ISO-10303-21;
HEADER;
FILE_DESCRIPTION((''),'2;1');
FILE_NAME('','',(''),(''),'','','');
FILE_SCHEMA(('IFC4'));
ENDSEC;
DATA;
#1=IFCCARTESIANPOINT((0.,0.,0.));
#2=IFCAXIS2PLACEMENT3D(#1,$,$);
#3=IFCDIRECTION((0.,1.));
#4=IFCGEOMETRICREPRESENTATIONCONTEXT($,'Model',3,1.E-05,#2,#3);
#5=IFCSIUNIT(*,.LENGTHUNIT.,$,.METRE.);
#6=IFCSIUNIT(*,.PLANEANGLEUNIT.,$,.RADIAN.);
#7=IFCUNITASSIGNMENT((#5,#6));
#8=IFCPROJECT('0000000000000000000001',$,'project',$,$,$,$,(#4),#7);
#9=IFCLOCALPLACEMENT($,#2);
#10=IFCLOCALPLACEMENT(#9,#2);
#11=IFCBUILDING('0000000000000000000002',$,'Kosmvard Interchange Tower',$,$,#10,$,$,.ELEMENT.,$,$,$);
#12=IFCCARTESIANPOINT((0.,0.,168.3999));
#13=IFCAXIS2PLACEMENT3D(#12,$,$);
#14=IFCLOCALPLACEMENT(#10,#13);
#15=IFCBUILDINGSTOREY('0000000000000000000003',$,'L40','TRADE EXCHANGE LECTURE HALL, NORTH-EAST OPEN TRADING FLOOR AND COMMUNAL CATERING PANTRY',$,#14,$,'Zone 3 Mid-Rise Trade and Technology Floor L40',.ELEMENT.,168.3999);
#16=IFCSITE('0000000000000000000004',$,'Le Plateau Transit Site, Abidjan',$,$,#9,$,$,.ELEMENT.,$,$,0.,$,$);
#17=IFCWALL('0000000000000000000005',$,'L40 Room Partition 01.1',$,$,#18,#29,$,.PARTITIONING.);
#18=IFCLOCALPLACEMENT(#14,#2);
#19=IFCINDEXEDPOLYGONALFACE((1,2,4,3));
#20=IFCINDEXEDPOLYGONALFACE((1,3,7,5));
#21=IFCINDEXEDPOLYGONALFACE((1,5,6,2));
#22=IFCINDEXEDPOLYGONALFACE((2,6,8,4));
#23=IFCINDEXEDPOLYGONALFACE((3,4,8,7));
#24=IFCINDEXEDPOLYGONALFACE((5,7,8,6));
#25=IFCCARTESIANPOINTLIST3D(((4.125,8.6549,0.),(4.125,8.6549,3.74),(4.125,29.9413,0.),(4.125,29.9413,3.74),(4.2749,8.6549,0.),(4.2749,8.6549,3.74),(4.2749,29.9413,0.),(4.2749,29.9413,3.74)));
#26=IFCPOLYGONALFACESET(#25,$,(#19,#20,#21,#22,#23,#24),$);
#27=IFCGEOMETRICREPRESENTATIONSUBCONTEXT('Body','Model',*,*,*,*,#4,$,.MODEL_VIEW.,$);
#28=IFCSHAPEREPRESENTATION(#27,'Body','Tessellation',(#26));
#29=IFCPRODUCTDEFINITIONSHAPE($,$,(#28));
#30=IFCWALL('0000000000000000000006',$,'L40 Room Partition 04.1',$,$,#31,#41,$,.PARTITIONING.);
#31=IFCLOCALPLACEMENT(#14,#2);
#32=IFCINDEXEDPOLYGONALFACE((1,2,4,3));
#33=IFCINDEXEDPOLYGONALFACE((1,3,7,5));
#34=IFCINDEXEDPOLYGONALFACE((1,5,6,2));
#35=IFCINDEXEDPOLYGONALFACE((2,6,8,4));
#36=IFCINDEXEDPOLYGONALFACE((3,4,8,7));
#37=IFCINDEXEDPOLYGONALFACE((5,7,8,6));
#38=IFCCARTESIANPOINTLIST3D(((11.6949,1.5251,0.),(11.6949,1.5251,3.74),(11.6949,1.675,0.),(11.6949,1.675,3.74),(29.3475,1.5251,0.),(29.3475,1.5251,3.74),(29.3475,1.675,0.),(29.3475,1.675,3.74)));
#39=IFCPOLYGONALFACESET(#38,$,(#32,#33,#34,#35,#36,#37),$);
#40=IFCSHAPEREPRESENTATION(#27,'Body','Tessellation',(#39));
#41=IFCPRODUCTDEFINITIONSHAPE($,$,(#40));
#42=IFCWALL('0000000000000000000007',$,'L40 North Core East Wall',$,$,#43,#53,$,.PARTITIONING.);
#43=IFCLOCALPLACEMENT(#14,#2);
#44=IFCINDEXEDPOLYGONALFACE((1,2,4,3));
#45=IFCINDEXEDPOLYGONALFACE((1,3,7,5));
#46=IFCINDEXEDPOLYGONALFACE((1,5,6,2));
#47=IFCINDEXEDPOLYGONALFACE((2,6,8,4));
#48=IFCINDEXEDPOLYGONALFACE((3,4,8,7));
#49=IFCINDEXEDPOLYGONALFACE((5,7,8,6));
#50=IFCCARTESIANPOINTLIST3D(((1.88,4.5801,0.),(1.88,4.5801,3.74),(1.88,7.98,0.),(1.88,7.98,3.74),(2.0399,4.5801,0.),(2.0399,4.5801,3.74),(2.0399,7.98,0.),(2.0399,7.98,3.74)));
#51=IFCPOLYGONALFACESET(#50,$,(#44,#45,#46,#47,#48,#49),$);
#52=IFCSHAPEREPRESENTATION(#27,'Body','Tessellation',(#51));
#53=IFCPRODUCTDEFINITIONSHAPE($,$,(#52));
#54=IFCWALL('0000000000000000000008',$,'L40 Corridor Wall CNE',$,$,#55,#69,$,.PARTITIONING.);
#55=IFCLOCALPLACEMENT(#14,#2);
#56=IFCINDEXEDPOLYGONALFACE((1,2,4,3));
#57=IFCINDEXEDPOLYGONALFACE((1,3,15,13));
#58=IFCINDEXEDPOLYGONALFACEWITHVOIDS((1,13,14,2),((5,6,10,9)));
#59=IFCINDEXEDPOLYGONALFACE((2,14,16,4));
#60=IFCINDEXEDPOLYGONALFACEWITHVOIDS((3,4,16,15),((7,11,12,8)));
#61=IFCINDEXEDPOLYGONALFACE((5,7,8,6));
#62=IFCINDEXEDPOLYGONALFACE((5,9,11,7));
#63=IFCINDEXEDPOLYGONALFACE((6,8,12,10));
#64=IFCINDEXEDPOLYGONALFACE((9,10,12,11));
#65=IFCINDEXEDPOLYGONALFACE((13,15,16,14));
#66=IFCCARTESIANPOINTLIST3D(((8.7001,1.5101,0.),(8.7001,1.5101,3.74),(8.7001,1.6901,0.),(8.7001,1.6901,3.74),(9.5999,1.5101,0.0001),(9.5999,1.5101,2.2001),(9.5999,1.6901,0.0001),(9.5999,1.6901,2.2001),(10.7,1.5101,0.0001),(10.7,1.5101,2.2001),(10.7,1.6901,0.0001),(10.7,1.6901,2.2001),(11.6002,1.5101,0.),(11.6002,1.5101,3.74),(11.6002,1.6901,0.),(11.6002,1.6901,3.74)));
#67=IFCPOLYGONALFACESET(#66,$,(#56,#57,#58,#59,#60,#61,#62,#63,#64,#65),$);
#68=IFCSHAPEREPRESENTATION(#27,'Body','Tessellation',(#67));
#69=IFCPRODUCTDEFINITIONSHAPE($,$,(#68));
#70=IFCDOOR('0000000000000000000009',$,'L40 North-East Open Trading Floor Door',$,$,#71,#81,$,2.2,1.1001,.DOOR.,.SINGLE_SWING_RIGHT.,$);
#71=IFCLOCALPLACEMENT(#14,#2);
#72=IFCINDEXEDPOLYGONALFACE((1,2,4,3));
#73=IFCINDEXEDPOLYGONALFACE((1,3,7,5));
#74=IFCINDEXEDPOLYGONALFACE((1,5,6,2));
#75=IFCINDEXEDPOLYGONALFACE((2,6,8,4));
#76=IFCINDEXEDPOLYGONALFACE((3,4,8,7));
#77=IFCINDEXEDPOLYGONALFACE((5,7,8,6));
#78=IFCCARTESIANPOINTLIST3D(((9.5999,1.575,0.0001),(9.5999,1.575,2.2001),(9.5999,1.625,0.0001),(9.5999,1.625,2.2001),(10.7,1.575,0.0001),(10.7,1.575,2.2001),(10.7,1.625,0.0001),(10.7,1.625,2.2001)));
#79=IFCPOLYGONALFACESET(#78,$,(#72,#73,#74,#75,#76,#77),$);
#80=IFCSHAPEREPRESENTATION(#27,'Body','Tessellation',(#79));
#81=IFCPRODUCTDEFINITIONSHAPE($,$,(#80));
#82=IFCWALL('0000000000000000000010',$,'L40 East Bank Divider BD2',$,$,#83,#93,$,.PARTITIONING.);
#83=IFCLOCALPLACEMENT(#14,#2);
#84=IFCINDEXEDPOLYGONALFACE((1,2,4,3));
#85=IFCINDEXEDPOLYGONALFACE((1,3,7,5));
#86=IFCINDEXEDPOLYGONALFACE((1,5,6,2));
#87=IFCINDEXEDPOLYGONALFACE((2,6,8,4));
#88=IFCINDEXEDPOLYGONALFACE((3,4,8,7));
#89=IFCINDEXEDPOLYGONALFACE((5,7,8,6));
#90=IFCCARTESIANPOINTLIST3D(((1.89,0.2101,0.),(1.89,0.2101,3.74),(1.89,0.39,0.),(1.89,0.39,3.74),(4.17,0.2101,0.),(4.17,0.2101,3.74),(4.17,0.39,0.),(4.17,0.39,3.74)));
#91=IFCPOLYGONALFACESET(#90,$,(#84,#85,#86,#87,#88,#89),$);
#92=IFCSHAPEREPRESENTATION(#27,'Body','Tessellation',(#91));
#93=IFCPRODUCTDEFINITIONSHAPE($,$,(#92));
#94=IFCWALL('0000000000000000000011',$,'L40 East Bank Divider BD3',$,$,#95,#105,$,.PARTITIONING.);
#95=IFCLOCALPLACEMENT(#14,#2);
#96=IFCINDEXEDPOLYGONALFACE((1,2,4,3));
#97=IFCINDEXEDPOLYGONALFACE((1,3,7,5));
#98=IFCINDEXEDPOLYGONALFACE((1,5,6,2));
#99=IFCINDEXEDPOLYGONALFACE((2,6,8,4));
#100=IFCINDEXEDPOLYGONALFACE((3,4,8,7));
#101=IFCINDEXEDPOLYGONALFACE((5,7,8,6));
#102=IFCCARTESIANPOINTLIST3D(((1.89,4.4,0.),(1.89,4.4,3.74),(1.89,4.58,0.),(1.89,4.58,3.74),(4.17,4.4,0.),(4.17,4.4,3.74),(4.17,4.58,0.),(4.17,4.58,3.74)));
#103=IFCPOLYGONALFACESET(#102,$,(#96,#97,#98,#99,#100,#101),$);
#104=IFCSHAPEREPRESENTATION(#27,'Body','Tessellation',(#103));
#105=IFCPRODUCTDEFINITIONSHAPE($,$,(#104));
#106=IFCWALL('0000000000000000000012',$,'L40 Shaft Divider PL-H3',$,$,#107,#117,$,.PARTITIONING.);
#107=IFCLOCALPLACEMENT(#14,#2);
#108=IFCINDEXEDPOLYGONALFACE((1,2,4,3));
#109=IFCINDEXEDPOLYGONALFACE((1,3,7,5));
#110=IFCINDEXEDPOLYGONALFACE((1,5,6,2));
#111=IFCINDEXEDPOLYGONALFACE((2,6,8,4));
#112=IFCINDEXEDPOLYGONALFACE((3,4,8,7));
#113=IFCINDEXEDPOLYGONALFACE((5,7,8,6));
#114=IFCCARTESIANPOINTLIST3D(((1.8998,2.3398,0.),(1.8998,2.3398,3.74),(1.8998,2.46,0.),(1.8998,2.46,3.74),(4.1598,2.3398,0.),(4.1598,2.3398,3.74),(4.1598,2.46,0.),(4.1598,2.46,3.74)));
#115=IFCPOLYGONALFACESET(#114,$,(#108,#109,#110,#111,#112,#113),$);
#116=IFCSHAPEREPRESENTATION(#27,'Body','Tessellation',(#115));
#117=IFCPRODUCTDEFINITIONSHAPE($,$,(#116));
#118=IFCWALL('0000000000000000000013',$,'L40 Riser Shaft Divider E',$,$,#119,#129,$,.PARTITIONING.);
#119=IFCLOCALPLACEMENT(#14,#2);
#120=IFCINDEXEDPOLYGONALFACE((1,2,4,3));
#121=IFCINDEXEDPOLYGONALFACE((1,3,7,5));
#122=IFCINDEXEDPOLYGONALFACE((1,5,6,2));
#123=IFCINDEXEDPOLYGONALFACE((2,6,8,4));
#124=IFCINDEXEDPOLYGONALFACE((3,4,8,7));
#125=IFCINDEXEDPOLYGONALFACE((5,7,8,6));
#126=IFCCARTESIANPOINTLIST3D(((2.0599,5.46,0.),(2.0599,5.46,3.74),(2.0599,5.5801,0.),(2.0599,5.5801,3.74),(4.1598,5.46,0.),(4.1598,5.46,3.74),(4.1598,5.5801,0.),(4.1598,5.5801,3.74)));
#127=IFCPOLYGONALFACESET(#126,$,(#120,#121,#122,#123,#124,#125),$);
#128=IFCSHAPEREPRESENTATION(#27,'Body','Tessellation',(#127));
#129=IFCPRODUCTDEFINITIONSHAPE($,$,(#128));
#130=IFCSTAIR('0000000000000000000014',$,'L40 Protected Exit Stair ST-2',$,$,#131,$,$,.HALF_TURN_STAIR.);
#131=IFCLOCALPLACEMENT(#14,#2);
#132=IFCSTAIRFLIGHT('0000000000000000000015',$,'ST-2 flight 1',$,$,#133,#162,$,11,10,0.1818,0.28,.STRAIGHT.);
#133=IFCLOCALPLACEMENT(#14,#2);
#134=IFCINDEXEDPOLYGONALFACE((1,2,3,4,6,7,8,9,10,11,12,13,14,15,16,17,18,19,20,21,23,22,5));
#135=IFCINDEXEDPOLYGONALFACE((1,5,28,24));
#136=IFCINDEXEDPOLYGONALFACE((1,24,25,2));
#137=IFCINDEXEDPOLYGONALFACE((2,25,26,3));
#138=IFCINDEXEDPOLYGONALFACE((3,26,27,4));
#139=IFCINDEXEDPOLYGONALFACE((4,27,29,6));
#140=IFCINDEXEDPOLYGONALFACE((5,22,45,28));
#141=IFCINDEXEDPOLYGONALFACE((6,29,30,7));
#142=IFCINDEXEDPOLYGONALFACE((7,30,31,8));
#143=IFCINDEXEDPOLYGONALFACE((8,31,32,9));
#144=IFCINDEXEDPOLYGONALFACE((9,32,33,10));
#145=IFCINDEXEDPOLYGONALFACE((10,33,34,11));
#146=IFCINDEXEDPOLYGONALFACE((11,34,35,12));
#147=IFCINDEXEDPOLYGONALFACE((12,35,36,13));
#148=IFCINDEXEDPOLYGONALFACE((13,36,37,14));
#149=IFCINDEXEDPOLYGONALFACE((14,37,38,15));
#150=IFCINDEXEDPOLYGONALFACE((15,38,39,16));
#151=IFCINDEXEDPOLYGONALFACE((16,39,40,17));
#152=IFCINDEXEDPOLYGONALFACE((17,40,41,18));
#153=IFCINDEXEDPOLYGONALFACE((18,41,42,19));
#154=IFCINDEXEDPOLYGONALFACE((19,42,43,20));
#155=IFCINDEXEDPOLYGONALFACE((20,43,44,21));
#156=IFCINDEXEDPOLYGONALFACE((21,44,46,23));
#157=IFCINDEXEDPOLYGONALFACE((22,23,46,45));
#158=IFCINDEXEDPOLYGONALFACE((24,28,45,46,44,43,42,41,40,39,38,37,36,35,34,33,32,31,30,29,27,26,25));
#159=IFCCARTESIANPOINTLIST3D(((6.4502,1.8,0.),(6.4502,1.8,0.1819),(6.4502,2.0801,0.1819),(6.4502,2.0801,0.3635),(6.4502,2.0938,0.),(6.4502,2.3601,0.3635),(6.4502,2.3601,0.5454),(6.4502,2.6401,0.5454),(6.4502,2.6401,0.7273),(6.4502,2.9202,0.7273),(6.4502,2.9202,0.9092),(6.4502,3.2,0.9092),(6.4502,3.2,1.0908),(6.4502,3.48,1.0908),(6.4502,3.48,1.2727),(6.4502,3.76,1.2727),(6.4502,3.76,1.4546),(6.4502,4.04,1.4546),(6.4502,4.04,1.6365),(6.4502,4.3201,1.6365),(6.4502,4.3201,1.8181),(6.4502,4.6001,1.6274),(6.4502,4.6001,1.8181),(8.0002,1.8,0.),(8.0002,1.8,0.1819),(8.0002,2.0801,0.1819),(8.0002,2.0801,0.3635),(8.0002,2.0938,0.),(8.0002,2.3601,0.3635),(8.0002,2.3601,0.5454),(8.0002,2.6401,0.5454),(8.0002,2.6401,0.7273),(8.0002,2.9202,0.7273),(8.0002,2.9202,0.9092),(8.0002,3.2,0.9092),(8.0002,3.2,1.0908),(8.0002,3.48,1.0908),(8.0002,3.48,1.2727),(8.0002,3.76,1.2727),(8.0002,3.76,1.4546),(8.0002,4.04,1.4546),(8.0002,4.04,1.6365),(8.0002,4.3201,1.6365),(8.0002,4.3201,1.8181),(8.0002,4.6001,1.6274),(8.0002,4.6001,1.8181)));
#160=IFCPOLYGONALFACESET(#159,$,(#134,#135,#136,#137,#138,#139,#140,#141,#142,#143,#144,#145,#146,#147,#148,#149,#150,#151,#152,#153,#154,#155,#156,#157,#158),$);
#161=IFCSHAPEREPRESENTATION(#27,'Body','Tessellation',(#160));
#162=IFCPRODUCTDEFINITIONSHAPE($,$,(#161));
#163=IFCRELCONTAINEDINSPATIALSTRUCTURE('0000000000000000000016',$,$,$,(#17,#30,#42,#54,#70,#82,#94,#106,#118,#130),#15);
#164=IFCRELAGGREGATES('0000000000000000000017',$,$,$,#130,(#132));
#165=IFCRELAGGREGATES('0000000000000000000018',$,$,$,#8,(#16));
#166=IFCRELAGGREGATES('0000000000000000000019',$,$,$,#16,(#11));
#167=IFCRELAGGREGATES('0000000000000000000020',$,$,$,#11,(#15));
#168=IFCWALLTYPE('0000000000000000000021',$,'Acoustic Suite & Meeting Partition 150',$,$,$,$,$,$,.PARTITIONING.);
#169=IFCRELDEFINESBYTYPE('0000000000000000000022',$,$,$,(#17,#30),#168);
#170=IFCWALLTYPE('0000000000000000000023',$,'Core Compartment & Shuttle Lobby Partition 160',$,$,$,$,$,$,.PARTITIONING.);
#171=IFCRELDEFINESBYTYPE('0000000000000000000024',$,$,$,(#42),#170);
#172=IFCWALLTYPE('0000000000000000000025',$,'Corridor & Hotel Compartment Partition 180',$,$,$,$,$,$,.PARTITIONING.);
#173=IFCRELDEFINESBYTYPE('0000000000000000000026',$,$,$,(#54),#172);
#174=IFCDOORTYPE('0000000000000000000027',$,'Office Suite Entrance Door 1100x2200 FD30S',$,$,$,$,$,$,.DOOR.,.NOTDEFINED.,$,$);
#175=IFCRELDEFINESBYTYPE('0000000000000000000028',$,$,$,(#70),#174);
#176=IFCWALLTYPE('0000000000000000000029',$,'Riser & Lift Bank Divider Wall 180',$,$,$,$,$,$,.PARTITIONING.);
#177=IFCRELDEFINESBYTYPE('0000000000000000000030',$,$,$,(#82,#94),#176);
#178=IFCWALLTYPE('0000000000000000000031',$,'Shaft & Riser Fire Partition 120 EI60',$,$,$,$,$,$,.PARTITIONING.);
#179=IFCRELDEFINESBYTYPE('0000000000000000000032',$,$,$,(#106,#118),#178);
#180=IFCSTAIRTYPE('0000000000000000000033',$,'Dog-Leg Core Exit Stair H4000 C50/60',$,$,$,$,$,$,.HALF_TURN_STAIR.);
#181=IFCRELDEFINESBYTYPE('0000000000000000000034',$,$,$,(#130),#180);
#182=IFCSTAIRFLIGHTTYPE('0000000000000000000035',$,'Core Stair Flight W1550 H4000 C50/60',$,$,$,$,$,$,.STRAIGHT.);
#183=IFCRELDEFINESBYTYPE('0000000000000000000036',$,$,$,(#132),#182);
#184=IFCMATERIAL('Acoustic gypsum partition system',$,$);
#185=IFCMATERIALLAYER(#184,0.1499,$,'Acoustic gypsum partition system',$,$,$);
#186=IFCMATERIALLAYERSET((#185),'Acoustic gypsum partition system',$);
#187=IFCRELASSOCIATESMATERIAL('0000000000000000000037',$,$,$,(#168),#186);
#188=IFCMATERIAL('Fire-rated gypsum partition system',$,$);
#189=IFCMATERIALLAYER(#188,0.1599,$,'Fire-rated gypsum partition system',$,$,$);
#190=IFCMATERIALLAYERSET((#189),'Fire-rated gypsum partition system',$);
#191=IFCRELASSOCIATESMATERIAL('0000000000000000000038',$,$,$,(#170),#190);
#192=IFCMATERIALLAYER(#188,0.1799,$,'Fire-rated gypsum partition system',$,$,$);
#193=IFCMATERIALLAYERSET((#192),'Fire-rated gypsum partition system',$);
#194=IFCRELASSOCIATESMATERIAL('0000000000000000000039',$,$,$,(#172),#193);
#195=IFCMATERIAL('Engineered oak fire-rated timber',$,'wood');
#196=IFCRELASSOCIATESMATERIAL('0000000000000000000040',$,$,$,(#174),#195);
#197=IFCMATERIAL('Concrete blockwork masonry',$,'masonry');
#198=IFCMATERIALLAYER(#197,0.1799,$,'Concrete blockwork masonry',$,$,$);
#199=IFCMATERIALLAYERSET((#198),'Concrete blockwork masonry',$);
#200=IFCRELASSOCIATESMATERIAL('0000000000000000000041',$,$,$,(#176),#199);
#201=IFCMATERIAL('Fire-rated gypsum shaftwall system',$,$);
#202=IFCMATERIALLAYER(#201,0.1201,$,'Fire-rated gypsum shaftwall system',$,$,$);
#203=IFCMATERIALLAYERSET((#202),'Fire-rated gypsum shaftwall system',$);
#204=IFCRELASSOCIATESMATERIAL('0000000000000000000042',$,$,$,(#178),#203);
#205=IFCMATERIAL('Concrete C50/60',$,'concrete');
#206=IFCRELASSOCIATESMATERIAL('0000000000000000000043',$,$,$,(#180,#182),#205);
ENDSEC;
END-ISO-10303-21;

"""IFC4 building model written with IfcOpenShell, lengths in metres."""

from ifc_helpers import new_model, si_unit, direction, frame, frame_2d, origin, place, context, subcontext, project, spatial, polyline, rectangle, outline, extrude, source, transform, mapped, material, layer, layer_set, type_object, element, fill, aggregate, save


model = new_model("IFC4")

# Units and contexts
model_context = context("Model", 3, precision=1e-05, world=origin(), true_north=direction((0.0, 1.0)))
body_context = subcontext(model_context, "Body", "Model", "MODEL_VIEW")
ifc_project = project(units=[si_unit("LENGTHUNIT", "METRE"), si_unit("PLANEANGLEUNIT", "RADIAN")], contexts=[model_context])

# Site, building, storey
site_placement = place(None, origin())
site = spatial("IfcSite", under=ifc_project, at=site_placement, Name="Le Plateau Transit Site, Abidjan", CompositionType="ELEMENT", RefElevation=0.0)
building_placement = place(site_placement, origin())
building = spatial("IfcBuilding", under=site, at=building_placement, Name="Kosmvard Interchange Tower", CompositionType="ELEMENT")
storey_placement = place(building_placement, frame((0.0, 0.0, 168.3999)))
storey = spatial("IfcBuildingStorey", under=building, at=storey_placement, Name="L40", Description="TRADE EXCHANGE LECTURE HALL, NORTH-EAST OPEN TRADING FLOOR AND COMMUNAL CATERING PANTRY", LongName="Zone 3 Mid-Rise Trade and Technology Floor L40", CompositionType="ELEMENT", Elevation=168.3999)

# Walls
ifc_material_1 = material(Name="Acoustic gypsum partition system")
ifc_layer_1 = layer(ifc_material_1, 0.1499, Name="Acoustic gypsum partition system")
ifc_layer_set_1 = layer_set([ifc_layer_1], Name="Acoustic gypsum partition system")
wall_type_1 = type_object("IfcWallType", Name="Acoustic Suite & Meeting Partition 150", PredefinedType="PARTITIONING", material=ifc_layer_set_1)
wall_1_placement = place(storey_placement, frame((4.2, 8.655, 0.0), z_axis=(0.0, 0.0, 1.0), x_axis=(0.0, 1.0, 0.0)))
element("IfcWall", 1, at=wall_1_placement, inside=storey, type_object=wall_type_1, Name="L40 Room Partition 01.1", PredefinedType="PARTITIONING", context=body_context, shape_type="SweptSolid", body=[
    extrude(rectangle(XDim=21.2864, YDim=0.1499, at=frame_2d((10.6431, 0.0))), origin(), (0.0, 0.0, 1.0), 3.74),
])
wall_2_placement = place(storey_placement, frame((11.6951, 1.6001, 0.0), z_axis=(0.0, 0.0, 1.0), x_axis=(1.0, 0.0, 0.0)))
element("IfcWall", 2, at=wall_2_placement, inside=storey, type_object=wall_type_1, Name="L40 Room Partition 04.1", PredefinedType="PARTITIONING", context=body_context, shape_type="SweptSolid", body=[
    extrude(rectangle(XDim=17.6526, YDim=0.1499, at=frame_2d((8.8262, 0.0))), origin(), (0.0, 0.0, 1.0), 3.74),
])
ifc_material_2 = material(Name="Fire-rated gypsum partition system")
ifc_layer_2 = layer(ifc_material_2, 0.1599, Name="Fire-rated gypsum partition system")
ifc_layer_set_2 = layer_set([ifc_layer_2], Name="Fire-rated gypsum partition system")
wall_type_2 = type_object("IfcWallType", Name="Core Compartment & Shuttle Lobby Partition 160", PredefinedType="PARTITIONING", material=ifc_layer_set_2)
wall_3_placement = place(storey_placement, frame((1.96, 4.5801, 0.0), z_axis=(0.0, 0.0, 1.0), x_axis=(0.0, 1.0, 0.0)))
element("IfcWall", 3, at=wall_3_placement, inside=storey, type_object=wall_type_2, Name="L40 North Core East Wall", PredefinedType="PARTITIONING", context=body_context, shape_type="SweptSolid", body=[
    extrude(rectangle(XDim=3.3999, YDim=0.1599, at=frame_2d((1.7, 0.0))), origin(), (0.0, 0.0, 1.0), 3.74),
])

# Wall, opening, door
ifc_layer_3 = layer(ifc_material_2, 0.1799, Name="Fire-rated gypsum partition system")
ifc_layer_set_3 = layer_set([ifc_layer_3], Name="Fire-rated gypsum partition system")
wall_type_3 = type_object("IfcWallType", Name="Corridor & Hotel Compartment Partition 180", PredefinedType="PARTITIONING", material=ifc_layer_set_3)
wall_4_placement = place(storey_placement, frame((8.7, 1.6001, 0.0), z_axis=(0.0, 0.0, 1.0), x_axis=(1.0, 0.0, 0.0)))
wall_4 = element("IfcWall", 4, at=wall_4_placement, inside=storey, type_object=wall_type_3, Name="L40 Corridor Wall CNE", PredefinedType="PARTITIONING", context=body_context, shape_type="SweptSolid", body=[
    extrude(rectangle(XDim=2.9001, YDim=0.1799, at=frame_2d((1.4502, 0.0))), origin(), (0.0, 0.0, 1.0), 3.74),
])
opening_placement = place(wall_4_placement, frame((0.8999, 0.0, 0.0)))
opening = element("IfcOpeningElement", 5, at=opening_placement, cuts=wall_4, PredefinedType="OPENING", context=body_context, shape_type="SweptSolid", body=[
    extrude(rectangle(XDim=1.1001, YDim=2.2, at=frame_2d((0.55, 1.1001))), frame((0.0, 0.1001, 0.0), z_axis=(0.0, -1.0, 0.0), x_axis=(1.0, 0.0, 0.0)), (0.0, 0.0, 1.0), 0.2),
])
ifc_material_3 = material(Name="Engineered oak fire-rated timber", Category="wood")
door_type = type_object("IfcDoorType", Name="Office Suite Entrance Door 1100x2200 FD30S", OperationType="NOTDEFINED", PredefinedType="DOOR", material=ifc_material_3)
shared_shape_1 = source(origin(), body_context, "Body", "SweptSolid", [
    extrude(rectangle(XDim=1.1001, YDim=2.2, at=frame_2d((0.55, 1.1001))), frame((0.0, 0.0249, 0.0), z_axis=(0.0, -1.0, 0.0), x_axis=(1.0, 0.0, 0.0)), (0.0, 0.0, 1.0), 0.05),
])
door_placement = place(opening_placement, origin())
door = element("IfcDoor", 6, at=door_placement, inside=storey, type_object=door_type, Name="L40 North-East Open Trading Floor Door", OperationType="SINGLE_SWING_RIGHT", OverallHeight=2.2, OverallWidth=1.1001, PredefinedType="DOOR", context=body_context, shape_type="MappedRepresentation", body=[
    mapped(shared_shape_1, transform((0.0, 0.0, 0.0), scale=1.0)),
])
fill(opening, door)

# Walls
ifc_material_4 = material(Name="Concrete blockwork masonry", Category="masonry")
ifc_layer_4 = layer(ifc_material_4, 0.1799, Name="Concrete blockwork masonry")
ifc_layer_set_4 = layer_set([ifc_layer_4], Name="Concrete blockwork masonry")
wall_type_4 = type_object("IfcWallType", Name="Riser & Lift Bank Divider Wall 180", PredefinedType="PARTITIONING", material=ifc_layer_set_4)
for number, where, z_axis, x_axis, name in (
    (7, (1.8899, 0.3, 0.0), (0.0, 0.0, 1.0), (1.0, 0.0, 0.0), "L40 East Bank Divider BD2"),
    (8, (1.8899, 4.49, 0.0), (0.0, 0.0, 1.0), (1.0, 0.0, 0.0), "L40 East Bank Divider BD3"),
):
    element("IfcWall", number, at=place(storey_placement, frame(where, z_axis=z_axis, x_axis=x_axis)), inside=storey, type_object=wall_type_4, Name=name, PredefinedType="PARTITIONING", context=body_context, shape_type="SweptSolid", body=[
        extrude(rectangle(XDim=2.28, YDim=0.1799, at=frame_2d((1.1401, 0.0))), origin(), (0.0, 0.0, 1.0), 3.74),
    ])
ifc_material_5 = material(Name="Fire-rated gypsum shaftwall system")
ifc_layer_5 = layer(ifc_material_5, 0.1201, Name="Fire-rated gypsum shaftwall system")
ifc_layer_set_5 = layer_set([ifc_layer_5], Name="Fire-rated gypsum shaftwall system")
wall_type_5 = type_object("IfcWallType", Name="Shaft & Riser Fire Partition 120 EI60", PredefinedType="PARTITIONING", material=ifc_layer_set_5)
wall_5_placement = place(storey_placement, frame((1.8999, 2.3999, 0.0), z_axis=(0.0, 0.0, 1.0), x_axis=(1.0, 0.0, 0.0)))
element("IfcWall", 9, at=wall_5_placement, inside=storey, type_object=wall_type_5, Name="L40 Shaft Divider PL-H3", PredefinedType="PARTITIONING", context=body_context, shape_type="SweptSolid", body=[
    extrude(rectangle(XDim=2.26, YDim=0.1201, at=frame_2d((1.1299, 0.0))), origin(), (0.0, 0.0, 1.0), 3.74),
])
wall_6_placement = place(storey_placement, frame((2.0601, 5.52, 0.0), z_axis=(0.0, 0.0, 1.0), x_axis=(1.0, 0.0, 0.0)))
element("IfcWall", 10, at=wall_6_placement, inside=storey, type_object=wall_type_5, Name="L40 Riser Shaft Divider E", PredefinedType="PARTITIONING", context=body_context, shape_type="SweptSolid", body=[
    extrude(rectangle(XDim=2.0999, YDim=0.1201, at=frame_2d((1.0498, 0.0))), origin(), (0.0, 0.0, 1.0), 3.74),
])

# Stair, stair flight
ifc_material_6 = material(Name="Concrete C50/60", Category="concrete")
stair_type = type_object("IfcStairType", Name="Dog-Leg Core Exit Stair H4000 C50/60", PredefinedType="HALF_TURN_STAIR", material=ifc_material_6)
stair_placement = place(storey_placement, origin())
stair = element("IfcStair", 11, at=stair_placement, inside=storey, type_object=stair_type, Name="L40 Protected Exit Stair ST-2", PredefinedType="HALF_TURN_STAIR")
stair_flight_type = type_object("IfcStairFlightType", Name="Core Stair Flight W1550 H4000 C50/60", PredefinedType="STRAIGHT", material=ifc_material_6)
shared_shape_2 = source(origin(), body_context, "Body", "SweptSolid", [
    extrude(outline(polyline([(0.0, 0.0), (0.0, 0.1819), (0.28, 0.1819), (0.28, 0.3635), (0.5601, 0.3635), (0.5601, 0.5454), (0.8401, 0.5454), (0.8401, 0.7273), (1.1201, 0.7273), (1.1201, 0.9092), (1.3999, 0.9092), (1.3999, 1.0908), (1.6799, 1.0908), (1.6799, 1.2727), (1.96, 1.2727), (1.96, 1.4546), (2.24, 1.4546), (2.24, 1.6365), (2.52, 1.6365), (2.52, 1.8181), (2.8, 1.8181), (2.8, 2.0), (2.8, 1.6274), (0.2937, 0.0), (0.0, 0.0)])), frame((0.0, 0.7749, 0.0), z_axis=(0.0, -1.0, 0.0), x_axis=(1.0, 0.0, 0.0)), (0.0, 0.0, 1.0), 1.55),
])
stair_flight_1_placement = place(storey_placement, frame((7.2251, 1.8, 0.0), z_axis=(0.0, 0.0, 1.0), x_axis=(0.0, 1.0, 0.0)))
stair_flight_1 = element("IfcStairFlight", 12, at=stair_flight_1_placement, type_object=stair_flight_type, Name="ST-2 flight 1", NumberOfRisers=11, NumberOfTreads=10, PredefinedType="STRAIGHT", RiserHeight=0.1818, TreadLength=0.28, context=body_context, shape_type="MappedRepresentation", body=[
    mapped(shared_shape_2, transform((0.0, 0.0, 0.0), scale=1.0)),
])
aggregate(stair, [stair_flight_1])

save(model, "model.ifc")
